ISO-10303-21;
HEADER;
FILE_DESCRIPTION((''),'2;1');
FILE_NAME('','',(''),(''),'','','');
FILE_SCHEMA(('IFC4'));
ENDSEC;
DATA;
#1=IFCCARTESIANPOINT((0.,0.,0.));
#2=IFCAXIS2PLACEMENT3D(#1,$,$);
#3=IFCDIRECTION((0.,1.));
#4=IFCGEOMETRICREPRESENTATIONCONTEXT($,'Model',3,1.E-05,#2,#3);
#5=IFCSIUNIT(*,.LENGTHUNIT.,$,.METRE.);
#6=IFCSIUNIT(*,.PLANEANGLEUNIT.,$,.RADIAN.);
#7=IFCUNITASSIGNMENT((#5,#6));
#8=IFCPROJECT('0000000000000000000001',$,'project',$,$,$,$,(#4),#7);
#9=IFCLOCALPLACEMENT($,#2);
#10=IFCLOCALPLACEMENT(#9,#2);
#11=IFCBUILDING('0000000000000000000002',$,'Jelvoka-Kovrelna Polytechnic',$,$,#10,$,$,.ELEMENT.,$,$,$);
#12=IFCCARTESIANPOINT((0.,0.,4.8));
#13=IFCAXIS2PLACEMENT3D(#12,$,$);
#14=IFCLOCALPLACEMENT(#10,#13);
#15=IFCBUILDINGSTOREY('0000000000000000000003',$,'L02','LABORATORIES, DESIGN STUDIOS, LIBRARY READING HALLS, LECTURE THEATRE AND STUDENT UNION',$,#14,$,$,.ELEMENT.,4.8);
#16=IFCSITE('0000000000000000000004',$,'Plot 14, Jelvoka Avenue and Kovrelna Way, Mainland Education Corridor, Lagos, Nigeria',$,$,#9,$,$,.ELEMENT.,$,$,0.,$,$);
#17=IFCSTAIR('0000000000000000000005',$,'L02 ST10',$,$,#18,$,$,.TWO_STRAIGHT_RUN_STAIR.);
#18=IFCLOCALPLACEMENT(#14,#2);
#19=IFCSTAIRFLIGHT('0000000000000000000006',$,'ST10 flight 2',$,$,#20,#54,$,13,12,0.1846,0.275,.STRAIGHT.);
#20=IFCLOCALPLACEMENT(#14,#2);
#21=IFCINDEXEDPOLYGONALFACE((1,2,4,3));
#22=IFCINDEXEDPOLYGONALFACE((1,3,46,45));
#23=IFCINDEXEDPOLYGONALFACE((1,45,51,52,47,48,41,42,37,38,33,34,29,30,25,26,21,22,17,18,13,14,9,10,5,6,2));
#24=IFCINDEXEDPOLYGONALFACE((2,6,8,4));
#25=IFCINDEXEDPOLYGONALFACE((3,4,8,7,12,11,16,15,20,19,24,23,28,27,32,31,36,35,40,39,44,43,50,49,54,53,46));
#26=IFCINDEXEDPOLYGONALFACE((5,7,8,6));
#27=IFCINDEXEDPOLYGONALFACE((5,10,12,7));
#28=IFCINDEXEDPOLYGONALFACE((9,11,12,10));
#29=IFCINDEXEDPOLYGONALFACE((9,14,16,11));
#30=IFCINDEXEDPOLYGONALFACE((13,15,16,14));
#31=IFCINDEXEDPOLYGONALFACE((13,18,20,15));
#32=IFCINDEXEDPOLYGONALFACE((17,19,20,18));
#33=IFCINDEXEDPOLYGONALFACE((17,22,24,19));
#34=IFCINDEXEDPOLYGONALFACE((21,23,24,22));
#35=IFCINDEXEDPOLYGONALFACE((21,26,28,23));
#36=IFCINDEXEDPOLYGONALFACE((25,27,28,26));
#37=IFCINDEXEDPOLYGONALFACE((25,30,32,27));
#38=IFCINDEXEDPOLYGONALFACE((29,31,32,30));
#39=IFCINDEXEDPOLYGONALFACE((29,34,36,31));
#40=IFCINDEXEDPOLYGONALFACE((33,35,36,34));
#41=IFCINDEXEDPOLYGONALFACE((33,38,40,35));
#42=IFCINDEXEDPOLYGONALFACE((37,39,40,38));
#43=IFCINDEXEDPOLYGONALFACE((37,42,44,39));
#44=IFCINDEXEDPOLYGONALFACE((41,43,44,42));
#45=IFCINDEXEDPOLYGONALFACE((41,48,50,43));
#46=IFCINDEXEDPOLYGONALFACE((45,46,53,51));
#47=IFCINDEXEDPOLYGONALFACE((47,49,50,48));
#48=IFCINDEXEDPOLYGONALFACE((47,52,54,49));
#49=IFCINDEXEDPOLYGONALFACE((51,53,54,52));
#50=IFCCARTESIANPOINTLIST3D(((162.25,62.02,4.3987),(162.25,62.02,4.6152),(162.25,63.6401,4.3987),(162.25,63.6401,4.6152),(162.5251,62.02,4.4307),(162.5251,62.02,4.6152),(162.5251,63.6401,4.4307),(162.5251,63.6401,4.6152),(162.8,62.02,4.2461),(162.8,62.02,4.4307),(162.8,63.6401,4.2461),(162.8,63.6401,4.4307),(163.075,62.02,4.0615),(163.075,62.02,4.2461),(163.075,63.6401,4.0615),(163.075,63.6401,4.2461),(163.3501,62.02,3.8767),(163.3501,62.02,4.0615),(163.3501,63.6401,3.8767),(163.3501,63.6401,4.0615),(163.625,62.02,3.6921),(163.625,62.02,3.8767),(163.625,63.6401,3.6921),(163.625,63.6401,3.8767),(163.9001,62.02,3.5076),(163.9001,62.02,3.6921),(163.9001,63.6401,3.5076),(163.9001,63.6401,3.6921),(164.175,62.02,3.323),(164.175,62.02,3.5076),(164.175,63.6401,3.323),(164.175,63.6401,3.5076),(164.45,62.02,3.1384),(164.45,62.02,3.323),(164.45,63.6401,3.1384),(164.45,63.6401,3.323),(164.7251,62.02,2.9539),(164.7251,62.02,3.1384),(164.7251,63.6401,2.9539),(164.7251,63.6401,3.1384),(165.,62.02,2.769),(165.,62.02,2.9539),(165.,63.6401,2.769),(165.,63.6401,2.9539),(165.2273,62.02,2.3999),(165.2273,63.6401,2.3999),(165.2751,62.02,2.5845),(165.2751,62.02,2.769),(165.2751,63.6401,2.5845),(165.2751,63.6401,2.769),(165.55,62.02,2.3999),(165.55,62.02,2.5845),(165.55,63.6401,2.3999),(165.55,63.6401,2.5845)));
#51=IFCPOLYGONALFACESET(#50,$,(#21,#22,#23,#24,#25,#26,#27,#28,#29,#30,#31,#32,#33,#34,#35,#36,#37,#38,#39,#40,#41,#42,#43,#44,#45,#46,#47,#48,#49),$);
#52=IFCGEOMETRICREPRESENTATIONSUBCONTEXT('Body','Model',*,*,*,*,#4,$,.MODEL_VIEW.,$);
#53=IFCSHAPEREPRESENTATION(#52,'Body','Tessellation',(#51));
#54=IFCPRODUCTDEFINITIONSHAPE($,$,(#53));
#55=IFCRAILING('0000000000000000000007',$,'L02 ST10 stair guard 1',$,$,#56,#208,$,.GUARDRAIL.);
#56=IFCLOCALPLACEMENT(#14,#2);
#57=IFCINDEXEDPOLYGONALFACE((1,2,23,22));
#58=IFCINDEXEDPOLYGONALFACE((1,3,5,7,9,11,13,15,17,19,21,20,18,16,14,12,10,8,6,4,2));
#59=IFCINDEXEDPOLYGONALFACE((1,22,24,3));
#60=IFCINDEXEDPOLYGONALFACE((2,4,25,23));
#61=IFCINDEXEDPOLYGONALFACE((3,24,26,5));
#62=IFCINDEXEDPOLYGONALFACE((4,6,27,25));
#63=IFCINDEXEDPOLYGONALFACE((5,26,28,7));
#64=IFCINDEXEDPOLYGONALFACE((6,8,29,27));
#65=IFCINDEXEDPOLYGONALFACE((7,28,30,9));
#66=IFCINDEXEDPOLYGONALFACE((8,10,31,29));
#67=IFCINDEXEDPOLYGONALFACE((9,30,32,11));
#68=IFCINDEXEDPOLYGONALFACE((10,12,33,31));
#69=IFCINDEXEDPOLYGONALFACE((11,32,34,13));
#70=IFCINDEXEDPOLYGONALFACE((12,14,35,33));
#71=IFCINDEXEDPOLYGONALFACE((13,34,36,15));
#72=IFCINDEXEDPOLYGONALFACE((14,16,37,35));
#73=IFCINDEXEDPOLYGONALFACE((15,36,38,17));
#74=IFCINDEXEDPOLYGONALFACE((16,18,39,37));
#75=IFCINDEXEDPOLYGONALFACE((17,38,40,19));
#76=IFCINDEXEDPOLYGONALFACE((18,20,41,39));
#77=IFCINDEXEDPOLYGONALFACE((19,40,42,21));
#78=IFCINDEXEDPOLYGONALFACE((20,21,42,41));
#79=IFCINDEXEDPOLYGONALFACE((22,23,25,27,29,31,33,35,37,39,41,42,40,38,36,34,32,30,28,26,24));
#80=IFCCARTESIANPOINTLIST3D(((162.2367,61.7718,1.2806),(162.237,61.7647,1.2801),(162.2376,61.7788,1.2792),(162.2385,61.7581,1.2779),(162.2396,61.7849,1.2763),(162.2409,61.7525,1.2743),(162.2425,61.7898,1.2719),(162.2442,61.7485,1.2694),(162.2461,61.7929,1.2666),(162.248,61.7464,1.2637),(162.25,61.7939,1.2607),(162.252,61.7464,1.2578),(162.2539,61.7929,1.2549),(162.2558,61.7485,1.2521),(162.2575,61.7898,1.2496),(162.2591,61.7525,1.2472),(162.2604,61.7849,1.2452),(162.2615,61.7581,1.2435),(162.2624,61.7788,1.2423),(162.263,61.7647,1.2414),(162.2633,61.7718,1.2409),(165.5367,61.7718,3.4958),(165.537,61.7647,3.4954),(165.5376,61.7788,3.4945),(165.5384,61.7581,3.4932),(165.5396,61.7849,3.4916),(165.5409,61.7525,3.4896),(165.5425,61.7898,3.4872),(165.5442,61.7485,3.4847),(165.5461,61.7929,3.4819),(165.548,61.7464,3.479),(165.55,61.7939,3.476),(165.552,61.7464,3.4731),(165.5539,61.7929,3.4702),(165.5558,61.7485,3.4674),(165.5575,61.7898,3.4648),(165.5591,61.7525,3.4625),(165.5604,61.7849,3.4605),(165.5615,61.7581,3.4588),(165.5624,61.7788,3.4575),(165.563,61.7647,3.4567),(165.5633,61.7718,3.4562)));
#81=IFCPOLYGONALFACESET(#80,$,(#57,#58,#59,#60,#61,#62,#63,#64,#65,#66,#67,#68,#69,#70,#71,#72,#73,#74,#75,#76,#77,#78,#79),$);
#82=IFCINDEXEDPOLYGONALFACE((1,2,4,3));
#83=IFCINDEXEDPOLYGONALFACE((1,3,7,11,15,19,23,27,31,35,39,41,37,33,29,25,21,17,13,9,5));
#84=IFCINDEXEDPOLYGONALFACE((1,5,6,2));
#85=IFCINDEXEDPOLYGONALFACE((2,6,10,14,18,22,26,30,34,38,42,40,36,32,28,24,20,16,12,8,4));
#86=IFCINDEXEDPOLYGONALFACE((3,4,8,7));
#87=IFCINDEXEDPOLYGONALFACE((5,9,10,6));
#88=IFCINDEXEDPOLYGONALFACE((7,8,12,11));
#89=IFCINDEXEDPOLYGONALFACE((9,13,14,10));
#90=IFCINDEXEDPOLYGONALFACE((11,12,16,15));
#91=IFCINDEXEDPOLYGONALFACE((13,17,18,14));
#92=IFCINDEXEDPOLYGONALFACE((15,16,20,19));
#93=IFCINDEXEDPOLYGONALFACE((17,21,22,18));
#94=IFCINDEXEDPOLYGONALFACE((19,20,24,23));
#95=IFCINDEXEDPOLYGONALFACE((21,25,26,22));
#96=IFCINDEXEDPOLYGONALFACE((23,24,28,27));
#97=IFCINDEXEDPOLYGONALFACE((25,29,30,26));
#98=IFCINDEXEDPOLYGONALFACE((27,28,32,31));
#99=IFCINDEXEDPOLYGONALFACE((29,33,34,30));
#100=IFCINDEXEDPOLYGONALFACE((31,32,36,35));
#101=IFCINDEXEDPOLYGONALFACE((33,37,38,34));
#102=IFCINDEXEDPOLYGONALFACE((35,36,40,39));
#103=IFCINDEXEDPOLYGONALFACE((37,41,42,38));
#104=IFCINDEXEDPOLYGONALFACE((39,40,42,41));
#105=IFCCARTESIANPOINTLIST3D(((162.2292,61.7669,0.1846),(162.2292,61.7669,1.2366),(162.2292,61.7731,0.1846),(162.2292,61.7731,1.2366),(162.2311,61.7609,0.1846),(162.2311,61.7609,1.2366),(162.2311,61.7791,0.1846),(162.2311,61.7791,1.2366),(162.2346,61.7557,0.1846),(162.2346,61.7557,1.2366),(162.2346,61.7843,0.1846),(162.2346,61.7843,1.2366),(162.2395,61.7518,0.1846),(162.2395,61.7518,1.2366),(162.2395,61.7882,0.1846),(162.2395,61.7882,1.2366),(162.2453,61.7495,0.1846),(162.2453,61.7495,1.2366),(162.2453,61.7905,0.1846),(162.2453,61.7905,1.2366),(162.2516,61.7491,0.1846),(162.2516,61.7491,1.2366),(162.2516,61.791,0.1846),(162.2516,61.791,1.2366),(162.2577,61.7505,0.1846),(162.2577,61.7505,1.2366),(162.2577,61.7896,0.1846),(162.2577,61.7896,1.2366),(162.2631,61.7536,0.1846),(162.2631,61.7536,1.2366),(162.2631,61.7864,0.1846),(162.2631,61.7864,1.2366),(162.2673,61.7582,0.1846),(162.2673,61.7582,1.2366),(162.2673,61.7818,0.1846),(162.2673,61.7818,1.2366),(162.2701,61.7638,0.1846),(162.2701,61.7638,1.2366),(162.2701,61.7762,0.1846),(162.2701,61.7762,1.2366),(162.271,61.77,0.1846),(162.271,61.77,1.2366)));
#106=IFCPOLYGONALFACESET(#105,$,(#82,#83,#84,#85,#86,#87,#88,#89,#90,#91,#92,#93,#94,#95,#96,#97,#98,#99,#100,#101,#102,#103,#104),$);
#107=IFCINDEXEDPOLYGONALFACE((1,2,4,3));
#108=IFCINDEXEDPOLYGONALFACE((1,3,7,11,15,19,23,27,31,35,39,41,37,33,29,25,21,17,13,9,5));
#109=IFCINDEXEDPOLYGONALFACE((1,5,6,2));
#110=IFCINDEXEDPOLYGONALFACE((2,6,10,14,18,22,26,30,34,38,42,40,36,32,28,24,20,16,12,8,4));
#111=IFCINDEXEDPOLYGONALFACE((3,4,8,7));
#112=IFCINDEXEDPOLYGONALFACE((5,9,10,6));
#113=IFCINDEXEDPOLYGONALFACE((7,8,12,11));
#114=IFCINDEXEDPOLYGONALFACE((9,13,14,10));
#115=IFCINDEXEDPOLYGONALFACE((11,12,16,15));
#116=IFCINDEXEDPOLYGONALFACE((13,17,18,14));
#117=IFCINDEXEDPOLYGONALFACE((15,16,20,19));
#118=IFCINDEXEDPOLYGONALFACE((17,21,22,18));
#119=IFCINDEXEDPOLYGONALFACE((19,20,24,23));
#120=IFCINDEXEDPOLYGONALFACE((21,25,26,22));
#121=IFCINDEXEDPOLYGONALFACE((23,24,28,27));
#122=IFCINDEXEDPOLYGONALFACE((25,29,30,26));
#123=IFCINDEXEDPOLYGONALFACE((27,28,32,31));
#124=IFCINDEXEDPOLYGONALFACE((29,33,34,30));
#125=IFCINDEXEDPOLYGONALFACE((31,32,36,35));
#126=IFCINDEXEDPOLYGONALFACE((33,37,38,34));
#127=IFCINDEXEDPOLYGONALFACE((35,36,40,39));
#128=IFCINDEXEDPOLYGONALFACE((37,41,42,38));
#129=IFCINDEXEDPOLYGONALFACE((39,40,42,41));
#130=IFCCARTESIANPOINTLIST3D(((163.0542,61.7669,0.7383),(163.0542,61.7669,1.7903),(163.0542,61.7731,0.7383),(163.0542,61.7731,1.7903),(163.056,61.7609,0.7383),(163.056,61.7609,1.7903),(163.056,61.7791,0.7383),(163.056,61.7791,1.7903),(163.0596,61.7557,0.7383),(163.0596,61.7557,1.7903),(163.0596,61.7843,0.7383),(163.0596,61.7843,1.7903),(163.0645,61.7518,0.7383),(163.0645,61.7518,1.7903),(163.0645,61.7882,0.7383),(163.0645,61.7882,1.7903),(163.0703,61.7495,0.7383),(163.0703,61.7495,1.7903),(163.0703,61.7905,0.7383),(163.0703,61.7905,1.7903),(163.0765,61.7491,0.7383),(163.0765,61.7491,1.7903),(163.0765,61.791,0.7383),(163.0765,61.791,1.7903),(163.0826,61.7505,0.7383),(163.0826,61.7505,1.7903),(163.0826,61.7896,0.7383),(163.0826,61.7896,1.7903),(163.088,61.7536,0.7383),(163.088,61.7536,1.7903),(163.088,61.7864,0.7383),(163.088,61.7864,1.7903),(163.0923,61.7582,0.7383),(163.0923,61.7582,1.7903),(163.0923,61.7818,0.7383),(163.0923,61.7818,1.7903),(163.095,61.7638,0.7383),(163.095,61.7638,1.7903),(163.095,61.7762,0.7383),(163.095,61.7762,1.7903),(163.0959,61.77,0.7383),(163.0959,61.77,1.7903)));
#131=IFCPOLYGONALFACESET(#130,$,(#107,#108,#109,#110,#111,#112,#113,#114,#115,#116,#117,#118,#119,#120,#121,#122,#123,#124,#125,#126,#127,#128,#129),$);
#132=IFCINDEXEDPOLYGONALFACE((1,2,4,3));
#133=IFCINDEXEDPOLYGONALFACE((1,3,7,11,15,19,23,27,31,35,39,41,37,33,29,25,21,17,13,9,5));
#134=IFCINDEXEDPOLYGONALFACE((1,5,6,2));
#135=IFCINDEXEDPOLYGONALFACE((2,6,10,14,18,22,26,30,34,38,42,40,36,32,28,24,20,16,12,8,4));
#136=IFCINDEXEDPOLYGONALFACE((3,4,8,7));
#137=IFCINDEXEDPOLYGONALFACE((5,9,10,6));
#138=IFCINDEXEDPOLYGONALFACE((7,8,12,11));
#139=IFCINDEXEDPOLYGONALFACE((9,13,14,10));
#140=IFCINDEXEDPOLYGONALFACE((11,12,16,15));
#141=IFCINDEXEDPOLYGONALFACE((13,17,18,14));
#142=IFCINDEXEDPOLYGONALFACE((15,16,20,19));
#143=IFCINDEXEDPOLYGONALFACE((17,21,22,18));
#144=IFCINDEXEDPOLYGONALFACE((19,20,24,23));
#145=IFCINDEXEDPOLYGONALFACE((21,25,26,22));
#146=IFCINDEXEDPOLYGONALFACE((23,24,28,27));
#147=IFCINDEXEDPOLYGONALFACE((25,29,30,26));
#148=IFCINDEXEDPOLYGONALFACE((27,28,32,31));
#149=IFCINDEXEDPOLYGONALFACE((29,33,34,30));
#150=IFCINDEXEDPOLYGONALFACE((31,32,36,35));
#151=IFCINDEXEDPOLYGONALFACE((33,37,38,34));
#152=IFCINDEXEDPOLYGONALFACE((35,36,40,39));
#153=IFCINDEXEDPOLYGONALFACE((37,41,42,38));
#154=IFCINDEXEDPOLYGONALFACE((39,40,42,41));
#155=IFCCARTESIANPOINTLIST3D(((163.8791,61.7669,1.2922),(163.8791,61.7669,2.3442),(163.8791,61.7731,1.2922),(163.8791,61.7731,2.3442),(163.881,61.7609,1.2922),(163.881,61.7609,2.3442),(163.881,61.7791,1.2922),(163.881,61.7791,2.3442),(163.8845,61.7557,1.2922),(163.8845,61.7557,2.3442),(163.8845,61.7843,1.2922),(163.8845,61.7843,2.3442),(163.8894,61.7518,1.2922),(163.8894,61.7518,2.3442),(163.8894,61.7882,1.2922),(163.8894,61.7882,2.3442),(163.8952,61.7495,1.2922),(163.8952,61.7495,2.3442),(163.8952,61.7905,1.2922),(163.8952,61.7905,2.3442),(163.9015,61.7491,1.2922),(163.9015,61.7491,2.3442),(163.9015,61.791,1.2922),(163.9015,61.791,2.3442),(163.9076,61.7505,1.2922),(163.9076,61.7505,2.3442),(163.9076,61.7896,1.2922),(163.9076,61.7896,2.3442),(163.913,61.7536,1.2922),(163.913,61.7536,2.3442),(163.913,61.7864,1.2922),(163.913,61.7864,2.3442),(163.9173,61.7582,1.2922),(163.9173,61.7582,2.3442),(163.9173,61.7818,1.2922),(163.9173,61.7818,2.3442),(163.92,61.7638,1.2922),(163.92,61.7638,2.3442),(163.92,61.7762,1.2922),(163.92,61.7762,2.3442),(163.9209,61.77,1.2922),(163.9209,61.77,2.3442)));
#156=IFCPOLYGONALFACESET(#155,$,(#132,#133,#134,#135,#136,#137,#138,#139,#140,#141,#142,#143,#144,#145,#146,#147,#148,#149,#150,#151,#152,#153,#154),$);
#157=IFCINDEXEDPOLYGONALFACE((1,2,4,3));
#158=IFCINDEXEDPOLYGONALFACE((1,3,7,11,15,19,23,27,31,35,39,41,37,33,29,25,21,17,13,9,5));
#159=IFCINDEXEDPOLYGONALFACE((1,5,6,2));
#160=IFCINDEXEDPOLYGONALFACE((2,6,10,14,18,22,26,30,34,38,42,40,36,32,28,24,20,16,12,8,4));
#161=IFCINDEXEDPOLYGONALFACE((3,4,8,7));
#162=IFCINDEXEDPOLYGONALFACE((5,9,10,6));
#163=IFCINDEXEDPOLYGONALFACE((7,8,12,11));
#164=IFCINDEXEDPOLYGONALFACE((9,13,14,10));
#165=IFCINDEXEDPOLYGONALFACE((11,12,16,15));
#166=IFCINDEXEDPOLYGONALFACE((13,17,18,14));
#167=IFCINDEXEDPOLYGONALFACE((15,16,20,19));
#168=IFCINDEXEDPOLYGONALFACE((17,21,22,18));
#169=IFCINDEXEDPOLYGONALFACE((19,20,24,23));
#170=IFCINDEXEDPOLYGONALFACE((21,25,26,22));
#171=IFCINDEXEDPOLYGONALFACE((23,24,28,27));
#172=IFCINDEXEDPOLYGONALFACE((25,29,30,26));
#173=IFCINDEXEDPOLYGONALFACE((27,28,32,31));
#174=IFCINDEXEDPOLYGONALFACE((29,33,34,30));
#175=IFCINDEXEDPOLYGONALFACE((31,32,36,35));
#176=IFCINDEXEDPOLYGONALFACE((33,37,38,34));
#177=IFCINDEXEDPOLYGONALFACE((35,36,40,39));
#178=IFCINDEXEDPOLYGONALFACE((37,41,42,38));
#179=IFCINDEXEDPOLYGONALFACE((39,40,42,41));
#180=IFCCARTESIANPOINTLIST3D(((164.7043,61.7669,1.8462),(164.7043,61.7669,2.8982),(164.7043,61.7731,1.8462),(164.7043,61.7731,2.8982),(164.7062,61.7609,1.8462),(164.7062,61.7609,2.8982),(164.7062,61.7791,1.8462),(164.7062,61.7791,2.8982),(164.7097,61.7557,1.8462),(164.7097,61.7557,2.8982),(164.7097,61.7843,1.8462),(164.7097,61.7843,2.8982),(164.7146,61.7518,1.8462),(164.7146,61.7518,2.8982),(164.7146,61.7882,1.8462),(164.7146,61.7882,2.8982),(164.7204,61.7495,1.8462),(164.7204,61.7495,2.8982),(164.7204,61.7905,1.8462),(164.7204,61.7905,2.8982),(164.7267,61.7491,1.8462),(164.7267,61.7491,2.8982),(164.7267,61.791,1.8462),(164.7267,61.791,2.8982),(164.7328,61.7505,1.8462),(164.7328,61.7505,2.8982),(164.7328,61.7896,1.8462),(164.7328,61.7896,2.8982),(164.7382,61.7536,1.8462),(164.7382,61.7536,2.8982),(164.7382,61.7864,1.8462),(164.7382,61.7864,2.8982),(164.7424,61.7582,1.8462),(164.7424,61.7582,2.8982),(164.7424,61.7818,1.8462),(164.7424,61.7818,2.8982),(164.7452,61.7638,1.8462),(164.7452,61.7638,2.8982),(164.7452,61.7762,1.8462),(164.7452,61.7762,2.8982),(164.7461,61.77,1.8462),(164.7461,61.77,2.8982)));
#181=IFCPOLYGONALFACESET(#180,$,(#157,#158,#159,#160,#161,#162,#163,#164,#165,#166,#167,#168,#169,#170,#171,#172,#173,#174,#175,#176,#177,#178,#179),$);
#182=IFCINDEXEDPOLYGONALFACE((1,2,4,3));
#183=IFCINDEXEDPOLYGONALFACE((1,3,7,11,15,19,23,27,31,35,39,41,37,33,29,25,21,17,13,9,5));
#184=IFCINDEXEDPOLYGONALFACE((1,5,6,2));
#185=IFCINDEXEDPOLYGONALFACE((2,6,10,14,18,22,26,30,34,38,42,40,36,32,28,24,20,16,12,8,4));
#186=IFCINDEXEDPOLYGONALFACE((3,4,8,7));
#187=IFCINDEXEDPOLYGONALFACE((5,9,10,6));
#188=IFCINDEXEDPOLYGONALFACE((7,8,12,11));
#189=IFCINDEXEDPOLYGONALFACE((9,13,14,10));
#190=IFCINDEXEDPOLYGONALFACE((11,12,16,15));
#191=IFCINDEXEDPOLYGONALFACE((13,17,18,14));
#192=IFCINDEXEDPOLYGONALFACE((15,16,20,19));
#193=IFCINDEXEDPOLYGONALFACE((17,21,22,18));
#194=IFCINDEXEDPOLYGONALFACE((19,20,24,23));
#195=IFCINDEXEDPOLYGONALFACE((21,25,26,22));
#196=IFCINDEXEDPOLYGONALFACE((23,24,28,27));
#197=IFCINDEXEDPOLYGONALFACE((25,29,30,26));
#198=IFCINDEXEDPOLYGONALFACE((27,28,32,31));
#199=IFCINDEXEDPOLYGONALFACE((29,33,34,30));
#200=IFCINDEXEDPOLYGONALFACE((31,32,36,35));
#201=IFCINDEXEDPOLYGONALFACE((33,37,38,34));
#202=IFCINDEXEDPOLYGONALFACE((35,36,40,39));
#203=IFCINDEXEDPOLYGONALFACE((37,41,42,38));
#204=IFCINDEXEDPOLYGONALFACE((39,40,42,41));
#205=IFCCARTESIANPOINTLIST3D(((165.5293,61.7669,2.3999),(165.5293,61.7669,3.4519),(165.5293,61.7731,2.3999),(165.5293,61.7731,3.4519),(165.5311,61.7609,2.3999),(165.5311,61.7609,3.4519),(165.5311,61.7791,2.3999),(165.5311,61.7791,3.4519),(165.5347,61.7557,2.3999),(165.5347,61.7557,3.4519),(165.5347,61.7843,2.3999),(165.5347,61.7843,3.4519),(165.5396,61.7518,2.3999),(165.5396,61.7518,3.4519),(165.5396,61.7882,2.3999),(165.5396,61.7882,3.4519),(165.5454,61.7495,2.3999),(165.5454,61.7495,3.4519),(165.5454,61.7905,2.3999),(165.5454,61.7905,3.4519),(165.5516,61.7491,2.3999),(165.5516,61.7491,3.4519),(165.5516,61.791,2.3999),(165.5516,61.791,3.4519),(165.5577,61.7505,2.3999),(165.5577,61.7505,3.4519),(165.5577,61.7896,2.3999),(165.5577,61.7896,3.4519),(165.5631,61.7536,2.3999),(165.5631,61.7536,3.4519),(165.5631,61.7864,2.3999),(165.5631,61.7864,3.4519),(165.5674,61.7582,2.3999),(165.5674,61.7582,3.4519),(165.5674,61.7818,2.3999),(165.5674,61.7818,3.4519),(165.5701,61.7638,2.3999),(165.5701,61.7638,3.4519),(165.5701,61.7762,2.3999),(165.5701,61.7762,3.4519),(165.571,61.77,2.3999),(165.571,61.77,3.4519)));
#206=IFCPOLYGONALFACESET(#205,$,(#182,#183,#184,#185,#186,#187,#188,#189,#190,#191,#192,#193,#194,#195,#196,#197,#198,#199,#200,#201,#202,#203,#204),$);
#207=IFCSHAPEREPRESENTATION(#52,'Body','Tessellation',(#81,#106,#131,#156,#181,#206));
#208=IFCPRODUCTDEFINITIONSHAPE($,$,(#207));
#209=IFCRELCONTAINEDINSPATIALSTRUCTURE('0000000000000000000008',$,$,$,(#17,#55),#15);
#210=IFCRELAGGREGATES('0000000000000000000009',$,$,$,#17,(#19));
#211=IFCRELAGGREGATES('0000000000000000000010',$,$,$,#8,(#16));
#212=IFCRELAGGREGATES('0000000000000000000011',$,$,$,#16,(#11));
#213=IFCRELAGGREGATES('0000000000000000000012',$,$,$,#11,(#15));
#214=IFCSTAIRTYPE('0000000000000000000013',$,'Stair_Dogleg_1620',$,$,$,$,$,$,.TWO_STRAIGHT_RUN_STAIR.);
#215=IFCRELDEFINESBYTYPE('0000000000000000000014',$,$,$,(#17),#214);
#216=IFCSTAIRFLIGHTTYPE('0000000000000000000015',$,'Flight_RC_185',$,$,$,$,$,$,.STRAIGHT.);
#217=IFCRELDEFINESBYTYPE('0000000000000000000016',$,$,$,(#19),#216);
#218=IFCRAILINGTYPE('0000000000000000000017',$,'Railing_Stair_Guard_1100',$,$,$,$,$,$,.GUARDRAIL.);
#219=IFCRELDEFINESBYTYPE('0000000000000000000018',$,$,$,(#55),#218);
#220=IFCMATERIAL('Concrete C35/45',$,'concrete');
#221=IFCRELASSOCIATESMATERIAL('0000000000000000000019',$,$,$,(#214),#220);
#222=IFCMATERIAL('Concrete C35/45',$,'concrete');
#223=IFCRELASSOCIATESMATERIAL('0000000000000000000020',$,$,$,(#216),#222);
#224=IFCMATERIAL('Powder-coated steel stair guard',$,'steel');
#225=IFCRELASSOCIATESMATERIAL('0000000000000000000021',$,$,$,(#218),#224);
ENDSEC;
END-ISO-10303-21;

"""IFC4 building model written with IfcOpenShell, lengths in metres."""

from ifc_helpers import new_model, si_unit, direction, frame, origin, origin_2d, place, context, subcontext, project, spatial, polyline, circle, outline, extrude, material, type_object, element, aggregate, save


model = new_model("IFC4")

# Units and contexts
model_context = context("Model", 3, precision=1e-05, world=origin(), true_north=direction((0.0, 1.0)))
body_context = subcontext(model_context, "Body", "Model", "MODEL_VIEW")
ifc_project = project(units=[si_unit("LENGTHUNIT", "METRE"), si_unit("PLANEANGLEUNIT", "RADIAN")], contexts=[model_context])

# Site, building, storey
site_placement = place(None, origin())
site = spatial("IfcSite", under=ifc_project, at=site_placement, Name="Plot 14, Jelvoka Avenue and Kovrelna Way, Mainland Education Corridor, Lagos, Nigeria", CompositionType="ELEMENT", RefElevation=0.0)
building_placement = place(site_placement, origin())
building = spatial("IfcBuilding", under=site, at=building_placement, Name="Jelvoka-Kovrelna Polytechnic", CompositionType="ELEMENT")
storey_placement = place(building_placement, frame((0.0, 0.0, 4.8)))
storey = spatial("IfcBuildingStorey", under=building, at=storey_placement, Name="L02", Description="LABORATORIES, DESIGN STUDIOS, LIBRARY READING HALLS, LECTURE THEATRE AND STUDENT UNION", CompositionType="ELEMENT", Elevation=4.8)

# Stair, stair flight
ifc_material_1 = material(Name="Concrete C35/45", Category="concrete")
stair_type = type_object("IfcStairType", Name="Stair_Dogleg_1620", PredefinedType="TWO_STRAIGHT_RUN_STAIR", material=ifc_material_1)
stair_placement = place(storey_placement, origin())
stair = element("IfcStair", 1, at=stair_placement, inside=storey, type_object=stair_type, Name="L02 ST10", PredefinedType="TWO_STRAIGHT_RUN_STAIR")
ifc_material_2 = material(Name="Concrete C35/45", Category="concrete")
stair_flight_type = type_object("IfcStairFlightType", Name="Flight_RC_185", PredefinedType="STRAIGHT", material=ifc_material_2)
stair_flight_1_placement = place(storey_placement, frame((165.55, 62.8301, 2.3999), z_axis=(0.0, 0.0, 1.0), x_axis=(-1.0, 0.0, 0.0)))
stair_flight_1 = element("IfcStairFlight", 2, at=stair_flight_1_placement, type_object=stair_flight_type, Name="ST10 flight 2", NumberOfRisers=13, NumberOfTreads=12, PredefinedType="STRAIGHT", RiserHeight=0.1846, TreadLength=0.275, context=body_context, shape_type="SweptSolid", body=[
    extrude(outline(polyline([(0.0, 0.0), (0.0, 0.1846), (0.2749, 0.1846), (0.2749, 0.3691), (0.55, 0.3691), (0.55, 0.554), (0.825, 0.554), (0.825, 0.7385), (1.1001, 0.7385), (1.1001, 0.9231), (1.375, 0.9231), (1.375, 1.1077), (1.6499, 1.1077), (1.6499, 1.2922), (1.925, 1.2922), (1.925, 1.4768), (2.2, 1.4768), (2.2, 1.6616), (2.4751, 1.6616), (2.4751, 1.8462), (2.75, 1.8462), (2.75, 2.0308), (3.0249, 2.0308), (3.0249, 2.2153), (3.3, 2.2153), (3.3, 2.3999), (3.3, 1.9988), (0.3228, 0.0), (0.0, 0.0)])), frame((0.0, 0.8101, 0.0), z_axis=(0.0, -1.0, 0.0), x_axis=(1.0, 0.0, 0.0)), (0.0, 0.0, 1.0), 1.6201),
])
aggregate(stair, [stair_flight_1])

# Railing
ifc_material_3 = material(Name="Powder-coated steel stair guard", Category="steel")
railing_type_1 = type_object("IfcRailingType", Name="Railing_Stair_Guard_1100", PredefinedType="GUARDRAIL", material=ifc_material_3)
railing_1_placement = place(storey_placement, frame((162.25, 61.77, 0.1846)))
element("IfcRailing", 3, at=railing_1_placement, inside=storey, type_object=railing_type_1, Name="L02 ST10 stair guard 1", PredefinedType="GUARDRAIL", context=body_context, shape_type="SweptSolid", body=[
    extrude(circle(Radius=0.0239, at=origin_2d()), frame((0.0, 0.0, 1.0762), z_axis=(0.830269, 0.0, 0.557362), x_axis=(0.0, 1.0, 0.0)), (0.0, 0.0, 1.0), 3.9746),
    extrude(circle(Radius=0.021, at=origin_2d()), origin(), (0.0, 0.0, 1.0), 1.052),
    extrude(circle(Radius=0.021, at=origin_2d()), frame((0.825, 0.0, 0.5537)), (0.0, 0.0, 1.0), 1.052),
    extrude(circle(Radius=0.021, at=origin_2d()), frame((1.6499, 0.0, 1.1077)), (0.0, 0.0, 1.0), 1.052),
    extrude(circle(Radius=0.021, at=origin_2d()), frame((2.4751, 0.0, 1.6616)), (0.0, 0.0, 1.0), 1.052),
    extrude(circle(Radius=0.021, at=origin_2d()), frame((3.3, 0.0, 2.2153)), (0.0, 0.0, 1.0), 1.052),
])

save(model, "model.ifc")
